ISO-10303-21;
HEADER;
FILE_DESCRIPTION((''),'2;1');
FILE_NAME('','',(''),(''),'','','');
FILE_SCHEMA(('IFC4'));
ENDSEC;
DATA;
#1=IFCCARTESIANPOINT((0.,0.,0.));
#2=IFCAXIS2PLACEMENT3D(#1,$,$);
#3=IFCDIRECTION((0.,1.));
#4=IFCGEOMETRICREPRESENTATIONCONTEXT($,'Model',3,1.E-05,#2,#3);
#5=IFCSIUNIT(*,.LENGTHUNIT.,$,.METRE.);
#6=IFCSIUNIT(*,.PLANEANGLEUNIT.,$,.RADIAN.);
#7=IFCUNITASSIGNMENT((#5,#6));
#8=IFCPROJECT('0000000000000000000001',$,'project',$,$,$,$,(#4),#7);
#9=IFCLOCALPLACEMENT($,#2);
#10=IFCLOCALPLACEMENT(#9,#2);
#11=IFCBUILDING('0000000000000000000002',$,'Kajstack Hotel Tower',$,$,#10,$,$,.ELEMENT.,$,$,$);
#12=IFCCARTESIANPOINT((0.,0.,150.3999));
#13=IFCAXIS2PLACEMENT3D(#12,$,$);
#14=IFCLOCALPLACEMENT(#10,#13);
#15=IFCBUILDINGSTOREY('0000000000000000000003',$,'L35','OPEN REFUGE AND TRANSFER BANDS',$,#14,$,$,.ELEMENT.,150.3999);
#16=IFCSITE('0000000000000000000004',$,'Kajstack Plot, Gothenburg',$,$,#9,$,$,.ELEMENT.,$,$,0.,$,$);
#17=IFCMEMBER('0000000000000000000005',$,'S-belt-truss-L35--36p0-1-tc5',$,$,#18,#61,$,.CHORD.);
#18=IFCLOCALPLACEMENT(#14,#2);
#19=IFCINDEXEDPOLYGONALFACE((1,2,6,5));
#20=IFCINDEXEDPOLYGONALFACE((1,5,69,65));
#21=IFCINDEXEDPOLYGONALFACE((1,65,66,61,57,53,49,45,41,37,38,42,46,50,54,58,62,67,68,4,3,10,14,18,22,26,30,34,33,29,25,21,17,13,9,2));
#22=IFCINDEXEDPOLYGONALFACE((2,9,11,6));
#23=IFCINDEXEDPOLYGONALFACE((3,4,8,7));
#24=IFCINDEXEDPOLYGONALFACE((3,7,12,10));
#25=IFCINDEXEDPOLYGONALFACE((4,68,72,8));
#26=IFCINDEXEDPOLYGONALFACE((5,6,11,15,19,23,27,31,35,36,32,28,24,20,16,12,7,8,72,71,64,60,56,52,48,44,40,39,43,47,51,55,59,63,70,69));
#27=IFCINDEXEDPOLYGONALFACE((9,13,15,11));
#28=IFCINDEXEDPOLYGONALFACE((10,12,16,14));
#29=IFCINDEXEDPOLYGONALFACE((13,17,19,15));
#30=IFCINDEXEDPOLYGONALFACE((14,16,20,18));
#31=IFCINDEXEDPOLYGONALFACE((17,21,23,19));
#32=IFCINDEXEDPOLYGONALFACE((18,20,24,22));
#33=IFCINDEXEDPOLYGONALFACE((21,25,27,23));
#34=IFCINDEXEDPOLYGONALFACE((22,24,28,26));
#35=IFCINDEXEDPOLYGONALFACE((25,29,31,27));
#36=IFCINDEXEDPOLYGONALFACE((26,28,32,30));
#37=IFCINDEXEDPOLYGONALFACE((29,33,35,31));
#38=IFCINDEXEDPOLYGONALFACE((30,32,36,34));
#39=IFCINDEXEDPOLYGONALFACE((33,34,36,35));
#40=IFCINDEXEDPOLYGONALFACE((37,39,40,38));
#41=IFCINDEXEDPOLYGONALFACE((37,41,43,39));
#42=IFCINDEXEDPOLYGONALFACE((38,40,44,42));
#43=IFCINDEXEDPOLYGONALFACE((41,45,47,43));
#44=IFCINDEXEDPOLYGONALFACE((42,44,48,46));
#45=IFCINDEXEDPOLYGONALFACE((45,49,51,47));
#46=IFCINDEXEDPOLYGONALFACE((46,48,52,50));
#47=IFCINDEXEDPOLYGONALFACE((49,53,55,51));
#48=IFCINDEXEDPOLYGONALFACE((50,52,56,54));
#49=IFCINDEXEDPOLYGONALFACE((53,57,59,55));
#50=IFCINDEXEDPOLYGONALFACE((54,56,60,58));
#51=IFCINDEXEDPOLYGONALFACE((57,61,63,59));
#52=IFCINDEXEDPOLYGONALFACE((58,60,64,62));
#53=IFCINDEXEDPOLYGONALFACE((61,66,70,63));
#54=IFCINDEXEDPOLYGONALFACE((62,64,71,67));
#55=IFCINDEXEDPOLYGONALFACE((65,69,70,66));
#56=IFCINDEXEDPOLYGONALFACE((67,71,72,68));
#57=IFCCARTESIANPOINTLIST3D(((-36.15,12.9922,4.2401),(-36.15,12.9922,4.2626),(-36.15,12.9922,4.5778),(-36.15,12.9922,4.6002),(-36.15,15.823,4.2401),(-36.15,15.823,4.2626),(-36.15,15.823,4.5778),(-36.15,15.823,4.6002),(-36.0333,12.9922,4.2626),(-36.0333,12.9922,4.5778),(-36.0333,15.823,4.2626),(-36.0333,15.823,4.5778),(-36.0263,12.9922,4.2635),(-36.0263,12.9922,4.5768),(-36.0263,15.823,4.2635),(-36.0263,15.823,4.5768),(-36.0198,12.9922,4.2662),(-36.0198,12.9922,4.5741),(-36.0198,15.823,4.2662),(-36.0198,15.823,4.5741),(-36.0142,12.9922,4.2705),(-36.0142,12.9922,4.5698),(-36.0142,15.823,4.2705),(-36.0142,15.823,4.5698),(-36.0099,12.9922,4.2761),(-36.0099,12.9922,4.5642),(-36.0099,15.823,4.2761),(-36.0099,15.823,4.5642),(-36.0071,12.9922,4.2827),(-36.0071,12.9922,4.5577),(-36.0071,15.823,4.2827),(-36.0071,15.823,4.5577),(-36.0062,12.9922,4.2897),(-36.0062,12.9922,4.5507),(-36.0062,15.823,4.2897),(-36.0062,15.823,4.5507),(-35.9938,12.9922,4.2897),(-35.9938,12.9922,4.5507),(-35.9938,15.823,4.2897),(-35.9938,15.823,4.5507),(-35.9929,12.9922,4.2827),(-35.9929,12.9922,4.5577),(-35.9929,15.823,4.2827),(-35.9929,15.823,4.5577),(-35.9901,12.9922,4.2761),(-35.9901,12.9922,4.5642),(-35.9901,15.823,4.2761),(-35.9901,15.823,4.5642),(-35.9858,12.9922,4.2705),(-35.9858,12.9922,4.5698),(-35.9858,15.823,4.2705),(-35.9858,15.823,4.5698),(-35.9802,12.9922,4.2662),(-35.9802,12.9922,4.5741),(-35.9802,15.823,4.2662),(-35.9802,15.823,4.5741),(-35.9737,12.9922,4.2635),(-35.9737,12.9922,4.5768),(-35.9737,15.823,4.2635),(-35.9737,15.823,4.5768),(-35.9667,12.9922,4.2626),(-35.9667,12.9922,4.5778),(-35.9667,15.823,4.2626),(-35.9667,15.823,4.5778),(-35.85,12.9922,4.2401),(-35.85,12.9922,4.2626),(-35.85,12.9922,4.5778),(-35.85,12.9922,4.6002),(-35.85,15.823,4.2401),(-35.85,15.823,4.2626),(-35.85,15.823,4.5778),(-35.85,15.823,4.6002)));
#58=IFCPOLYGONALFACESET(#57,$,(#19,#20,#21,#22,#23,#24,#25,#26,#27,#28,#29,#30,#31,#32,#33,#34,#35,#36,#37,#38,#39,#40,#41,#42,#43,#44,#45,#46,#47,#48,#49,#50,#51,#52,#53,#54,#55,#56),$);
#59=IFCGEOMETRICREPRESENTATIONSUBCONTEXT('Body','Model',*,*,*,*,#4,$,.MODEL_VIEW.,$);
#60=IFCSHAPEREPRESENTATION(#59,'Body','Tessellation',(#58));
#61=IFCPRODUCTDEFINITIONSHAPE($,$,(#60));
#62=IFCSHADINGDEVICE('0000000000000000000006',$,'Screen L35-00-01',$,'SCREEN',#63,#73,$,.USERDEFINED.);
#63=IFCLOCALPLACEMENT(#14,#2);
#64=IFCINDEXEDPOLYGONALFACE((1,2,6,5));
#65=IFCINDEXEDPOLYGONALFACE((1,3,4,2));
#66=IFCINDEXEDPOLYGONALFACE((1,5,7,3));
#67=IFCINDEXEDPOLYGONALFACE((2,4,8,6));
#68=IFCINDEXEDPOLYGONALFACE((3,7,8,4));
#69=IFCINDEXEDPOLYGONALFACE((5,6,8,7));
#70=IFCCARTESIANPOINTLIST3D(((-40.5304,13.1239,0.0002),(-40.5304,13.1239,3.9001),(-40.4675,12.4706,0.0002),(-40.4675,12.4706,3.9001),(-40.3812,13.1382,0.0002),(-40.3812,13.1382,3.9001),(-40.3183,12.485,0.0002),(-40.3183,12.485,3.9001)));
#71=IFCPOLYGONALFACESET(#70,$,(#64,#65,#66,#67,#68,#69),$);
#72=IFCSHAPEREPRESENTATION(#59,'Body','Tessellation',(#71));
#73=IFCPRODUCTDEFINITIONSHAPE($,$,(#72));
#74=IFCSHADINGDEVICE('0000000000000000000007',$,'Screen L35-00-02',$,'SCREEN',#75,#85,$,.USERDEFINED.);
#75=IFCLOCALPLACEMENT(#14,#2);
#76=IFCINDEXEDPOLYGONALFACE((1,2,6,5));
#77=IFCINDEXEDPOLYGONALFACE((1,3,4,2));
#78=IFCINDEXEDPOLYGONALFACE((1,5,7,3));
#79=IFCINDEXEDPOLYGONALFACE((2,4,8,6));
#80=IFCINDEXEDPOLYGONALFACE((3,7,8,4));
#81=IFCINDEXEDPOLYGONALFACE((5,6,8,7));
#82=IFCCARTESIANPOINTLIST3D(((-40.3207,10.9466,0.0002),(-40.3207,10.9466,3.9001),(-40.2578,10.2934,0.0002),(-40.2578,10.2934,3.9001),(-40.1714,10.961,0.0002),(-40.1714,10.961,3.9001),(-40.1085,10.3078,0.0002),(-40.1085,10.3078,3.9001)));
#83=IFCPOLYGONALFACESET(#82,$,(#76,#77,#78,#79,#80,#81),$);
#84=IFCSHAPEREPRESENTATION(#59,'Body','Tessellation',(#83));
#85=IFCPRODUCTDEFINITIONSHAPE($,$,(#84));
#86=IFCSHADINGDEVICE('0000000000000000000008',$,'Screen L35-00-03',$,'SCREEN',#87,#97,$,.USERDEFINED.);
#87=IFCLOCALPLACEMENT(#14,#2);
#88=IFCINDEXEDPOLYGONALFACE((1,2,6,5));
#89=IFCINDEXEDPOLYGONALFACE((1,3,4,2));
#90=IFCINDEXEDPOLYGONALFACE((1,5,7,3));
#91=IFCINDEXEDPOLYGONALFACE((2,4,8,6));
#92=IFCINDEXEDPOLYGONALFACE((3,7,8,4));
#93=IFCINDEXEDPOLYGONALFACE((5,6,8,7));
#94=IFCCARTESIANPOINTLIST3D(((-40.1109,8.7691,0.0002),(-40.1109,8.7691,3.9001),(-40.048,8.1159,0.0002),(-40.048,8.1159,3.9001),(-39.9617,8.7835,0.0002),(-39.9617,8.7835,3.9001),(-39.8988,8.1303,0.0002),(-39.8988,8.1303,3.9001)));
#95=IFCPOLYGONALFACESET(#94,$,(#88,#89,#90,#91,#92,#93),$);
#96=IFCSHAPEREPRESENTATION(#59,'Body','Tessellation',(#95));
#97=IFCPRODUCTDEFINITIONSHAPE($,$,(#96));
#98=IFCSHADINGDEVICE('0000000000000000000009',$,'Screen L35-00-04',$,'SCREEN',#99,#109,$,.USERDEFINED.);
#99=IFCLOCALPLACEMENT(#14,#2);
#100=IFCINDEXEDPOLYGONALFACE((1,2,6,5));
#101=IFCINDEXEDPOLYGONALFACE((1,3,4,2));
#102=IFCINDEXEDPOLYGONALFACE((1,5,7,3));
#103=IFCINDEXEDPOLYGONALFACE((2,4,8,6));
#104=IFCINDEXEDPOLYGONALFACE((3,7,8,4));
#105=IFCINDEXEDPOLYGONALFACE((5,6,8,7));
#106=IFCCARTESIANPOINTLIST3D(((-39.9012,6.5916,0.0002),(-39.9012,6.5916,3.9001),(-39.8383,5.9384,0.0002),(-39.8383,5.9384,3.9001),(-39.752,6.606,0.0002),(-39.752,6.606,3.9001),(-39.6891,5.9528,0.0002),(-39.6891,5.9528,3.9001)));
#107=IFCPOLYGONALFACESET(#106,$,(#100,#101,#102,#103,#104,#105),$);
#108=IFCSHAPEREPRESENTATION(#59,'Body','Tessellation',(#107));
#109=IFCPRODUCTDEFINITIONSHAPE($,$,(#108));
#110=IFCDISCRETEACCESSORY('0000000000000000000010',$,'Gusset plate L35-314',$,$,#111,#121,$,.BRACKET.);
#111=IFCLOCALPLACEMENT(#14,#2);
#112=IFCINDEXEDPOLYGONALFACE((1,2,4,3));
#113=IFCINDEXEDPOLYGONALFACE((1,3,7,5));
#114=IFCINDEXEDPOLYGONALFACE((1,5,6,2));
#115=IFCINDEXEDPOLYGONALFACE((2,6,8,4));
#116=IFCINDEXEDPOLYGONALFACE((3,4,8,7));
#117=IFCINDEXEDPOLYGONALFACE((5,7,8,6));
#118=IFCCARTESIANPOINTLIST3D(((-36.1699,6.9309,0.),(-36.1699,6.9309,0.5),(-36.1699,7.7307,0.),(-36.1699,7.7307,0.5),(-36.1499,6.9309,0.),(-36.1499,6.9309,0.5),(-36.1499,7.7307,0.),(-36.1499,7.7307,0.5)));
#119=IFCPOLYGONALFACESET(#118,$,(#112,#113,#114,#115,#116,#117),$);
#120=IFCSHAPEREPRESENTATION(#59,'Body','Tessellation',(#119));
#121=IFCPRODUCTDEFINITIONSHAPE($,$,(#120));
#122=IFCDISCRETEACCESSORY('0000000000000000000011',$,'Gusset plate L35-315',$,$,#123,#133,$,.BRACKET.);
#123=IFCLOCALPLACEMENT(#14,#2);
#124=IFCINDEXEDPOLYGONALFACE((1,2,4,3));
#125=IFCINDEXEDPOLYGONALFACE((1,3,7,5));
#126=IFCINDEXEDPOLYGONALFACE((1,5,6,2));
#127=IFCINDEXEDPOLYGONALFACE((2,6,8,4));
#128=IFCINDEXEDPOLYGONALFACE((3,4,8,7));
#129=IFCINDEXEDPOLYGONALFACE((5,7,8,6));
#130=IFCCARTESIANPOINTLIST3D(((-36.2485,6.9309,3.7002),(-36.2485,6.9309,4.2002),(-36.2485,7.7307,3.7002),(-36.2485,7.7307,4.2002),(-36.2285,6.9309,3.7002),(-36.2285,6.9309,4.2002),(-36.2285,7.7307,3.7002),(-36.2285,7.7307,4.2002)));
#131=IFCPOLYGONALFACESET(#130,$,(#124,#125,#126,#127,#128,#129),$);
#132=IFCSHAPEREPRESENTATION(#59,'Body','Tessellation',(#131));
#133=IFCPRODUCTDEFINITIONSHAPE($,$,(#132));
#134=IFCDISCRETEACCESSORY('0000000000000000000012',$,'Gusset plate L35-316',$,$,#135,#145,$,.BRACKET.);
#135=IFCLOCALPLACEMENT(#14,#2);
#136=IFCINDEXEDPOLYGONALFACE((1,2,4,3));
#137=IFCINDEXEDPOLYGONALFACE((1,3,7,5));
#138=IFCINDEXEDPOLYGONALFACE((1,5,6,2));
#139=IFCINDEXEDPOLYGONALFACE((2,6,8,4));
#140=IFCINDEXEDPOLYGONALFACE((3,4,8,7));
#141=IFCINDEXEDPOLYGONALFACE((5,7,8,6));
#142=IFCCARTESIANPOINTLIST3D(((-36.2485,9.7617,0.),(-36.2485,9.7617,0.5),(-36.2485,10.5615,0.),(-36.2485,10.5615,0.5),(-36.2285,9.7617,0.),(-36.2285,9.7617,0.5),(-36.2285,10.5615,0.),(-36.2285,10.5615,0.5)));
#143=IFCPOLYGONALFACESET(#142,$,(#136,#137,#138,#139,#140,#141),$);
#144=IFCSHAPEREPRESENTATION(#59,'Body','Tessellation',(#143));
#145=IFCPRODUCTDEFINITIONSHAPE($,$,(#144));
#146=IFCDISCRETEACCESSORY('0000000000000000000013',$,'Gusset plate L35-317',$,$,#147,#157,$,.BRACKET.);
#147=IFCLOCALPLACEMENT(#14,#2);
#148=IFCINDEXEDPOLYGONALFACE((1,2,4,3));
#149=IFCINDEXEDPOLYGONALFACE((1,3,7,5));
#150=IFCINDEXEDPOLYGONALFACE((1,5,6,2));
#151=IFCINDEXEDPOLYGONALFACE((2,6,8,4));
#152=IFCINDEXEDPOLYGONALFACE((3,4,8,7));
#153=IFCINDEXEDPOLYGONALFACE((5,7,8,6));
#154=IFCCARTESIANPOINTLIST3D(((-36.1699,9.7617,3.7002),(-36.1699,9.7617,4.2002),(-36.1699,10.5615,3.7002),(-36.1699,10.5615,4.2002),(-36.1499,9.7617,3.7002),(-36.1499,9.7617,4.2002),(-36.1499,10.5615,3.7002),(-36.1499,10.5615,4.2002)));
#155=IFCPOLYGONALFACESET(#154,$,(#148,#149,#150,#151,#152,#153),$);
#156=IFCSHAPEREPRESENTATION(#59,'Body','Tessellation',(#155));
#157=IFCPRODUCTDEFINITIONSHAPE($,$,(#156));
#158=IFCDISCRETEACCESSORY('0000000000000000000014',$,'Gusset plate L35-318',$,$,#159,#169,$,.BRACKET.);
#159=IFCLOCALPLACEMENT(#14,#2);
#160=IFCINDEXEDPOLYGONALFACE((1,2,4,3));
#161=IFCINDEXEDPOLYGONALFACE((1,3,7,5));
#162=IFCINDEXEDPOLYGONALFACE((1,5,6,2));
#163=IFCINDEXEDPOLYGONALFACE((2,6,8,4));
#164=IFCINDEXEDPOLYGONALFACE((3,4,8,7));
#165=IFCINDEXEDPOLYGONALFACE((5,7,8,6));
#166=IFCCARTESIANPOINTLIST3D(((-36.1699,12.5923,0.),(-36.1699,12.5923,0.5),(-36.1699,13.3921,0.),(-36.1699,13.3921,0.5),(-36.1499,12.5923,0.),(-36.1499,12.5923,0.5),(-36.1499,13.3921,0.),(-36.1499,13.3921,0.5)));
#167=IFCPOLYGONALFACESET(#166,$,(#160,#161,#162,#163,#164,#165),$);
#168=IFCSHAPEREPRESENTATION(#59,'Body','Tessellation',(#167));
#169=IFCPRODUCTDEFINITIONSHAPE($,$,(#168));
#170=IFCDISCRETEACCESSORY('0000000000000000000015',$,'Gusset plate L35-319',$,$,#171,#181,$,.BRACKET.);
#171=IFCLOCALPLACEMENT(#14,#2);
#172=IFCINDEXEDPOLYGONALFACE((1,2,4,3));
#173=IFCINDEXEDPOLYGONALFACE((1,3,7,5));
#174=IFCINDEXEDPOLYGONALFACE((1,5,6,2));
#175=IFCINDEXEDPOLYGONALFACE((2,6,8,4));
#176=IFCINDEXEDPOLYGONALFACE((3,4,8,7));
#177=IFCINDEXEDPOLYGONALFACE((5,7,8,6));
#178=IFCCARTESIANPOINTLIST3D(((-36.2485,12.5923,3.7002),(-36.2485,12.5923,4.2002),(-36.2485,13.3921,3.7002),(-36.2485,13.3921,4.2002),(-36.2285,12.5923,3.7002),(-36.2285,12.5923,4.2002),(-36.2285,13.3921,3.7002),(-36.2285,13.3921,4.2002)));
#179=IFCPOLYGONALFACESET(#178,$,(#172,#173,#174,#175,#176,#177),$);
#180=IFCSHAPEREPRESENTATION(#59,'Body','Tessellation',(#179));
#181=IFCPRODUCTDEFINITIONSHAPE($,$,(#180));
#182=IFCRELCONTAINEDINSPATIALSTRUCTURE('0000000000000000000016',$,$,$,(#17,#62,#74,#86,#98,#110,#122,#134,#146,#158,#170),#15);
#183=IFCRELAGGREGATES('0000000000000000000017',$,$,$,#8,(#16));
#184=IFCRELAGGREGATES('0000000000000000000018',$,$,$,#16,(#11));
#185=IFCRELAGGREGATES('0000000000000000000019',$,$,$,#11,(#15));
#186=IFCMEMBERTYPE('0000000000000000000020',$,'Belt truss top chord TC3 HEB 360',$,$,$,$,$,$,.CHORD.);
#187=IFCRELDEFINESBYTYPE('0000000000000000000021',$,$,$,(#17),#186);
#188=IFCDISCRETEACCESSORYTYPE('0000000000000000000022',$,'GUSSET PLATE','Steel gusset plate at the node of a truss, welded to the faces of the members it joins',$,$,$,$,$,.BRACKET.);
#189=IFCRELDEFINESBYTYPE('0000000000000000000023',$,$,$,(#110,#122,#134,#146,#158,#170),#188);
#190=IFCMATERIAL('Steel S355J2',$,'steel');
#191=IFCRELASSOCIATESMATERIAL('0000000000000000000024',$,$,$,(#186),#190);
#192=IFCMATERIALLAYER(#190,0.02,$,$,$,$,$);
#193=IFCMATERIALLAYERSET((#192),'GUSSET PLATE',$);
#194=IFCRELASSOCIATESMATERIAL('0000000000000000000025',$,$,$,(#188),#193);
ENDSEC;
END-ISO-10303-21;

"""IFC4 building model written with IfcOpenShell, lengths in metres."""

from ifc_helpers import new_model, si_unit, direction, frame, origin, origin_2d, place, context, subcontext, project, spatial, polyline, rectangle, i_section, outline, extrude, material, layer, layer_set, material_profile, profile_set, type_object, element, save


model = new_model("IFC4")

# Units and contexts
model_context = context("Model", 3, precision=1e-05, world=origin(), true_north=direction((0.0, 1.0)))
body_context = subcontext(model_context, "Body", "Model", "MODEL_VIEW")
ifc_project = project(units=[si_unit("LENGTHUNIT", "METRE"), si_unit("PLANEANGLEUNIT", "RADIAN")], contexts=[model_context])

# Site, building, storey
site_placement = place(None, origin())
site = spatial("IfcSite", under=ifc_project, at=site_placement, Name="Kajstack Plot, Gothenburg", CompositionType="ELEMENT", RefElevation=0.0)
building_placement = place(site_placement, origin())
building = spatial("IfcBuilding", under=site, at=building_placement, Name="Kajstack Hotel Tower", CompositionType="ELEMENT")
storey_placement = place(building_placement, frame((0.0, 0.0, 150.3999)))
storey = spatial("IfcBuildingStorey", under=building, at=storey_placement, Name="L35", Description="OPEN REFUGE AND TRANSFER BANDS", CompositionType="ELEMENT", Elevation=150.3999)

# Member
ifc_material = material(Name="Steel S355J2", Category="steel")
ifc_material_profile_1 = material_profile(ifc_material, i_section(OverallWidth=0.3, OverallDepth=0.3601, WebThickness=0.0125, FlangeThickness=0.0225, FilletRadius=0.0271, at=origin_2d()), Name="HEB 360")
ifc_profile_set_1 = profile_set([ifc_material_profile_1], Name="Steel S355J2")
member_type_1 = type_object("IfcMemberType", Name="Belt truss top chord TC3 HEB 360", PredefinedType="CHORD", material=ifc_profile_set_1)
member_1_placement = place(storey_placement, frame((-36.0, 12.9922, 4.4202), z_axis=(0.0, 1.0, 0.0), x_axis=(-1.0, 0.0, 0.0)))
element("IfcMember", 1, at=member_1_placement, inside=storey, type_object=member_type_1, Name="S-belt-truss-L35--36p0-1-tc5", PredefinedType="CHORD", context=body_context, shape_type="SweptSolid", body=[
    extrude(i_section(OverallWidth=0.3, OverallDepth=0.3601, WebThickness=0.0125, FlangeThickness=0.0225, FilletRadius=0.0271, at=origin_2d()), origin(), (0.0, 0.0, 1.0), 2.8308),
])

# Shading devices
for number, where, z_axis, x_axis, name in (
    (2, (-40.4243, 12.8044, 0.0002), (0.0, 0.0, 1.0), (0.095846, -0.995396, 0.0), "Screen L35-00-01"),
    (3, (-40.2146, 10.6272, 0.0002), (0.0, 0.0, 1.0), (0.095846, -0.995396, 0.0), "Screen L35-00-02"),
    (4, (-40.0049, 8.4497, 0.0002), (0.0, 0.0, 1.0), (0.095846, -0.995396, 0.0), "Screen L35-00-03"),
    (5, (-39.7952, 6.2722, 0.0002), (0.0, 0.0, 1.0), (0.095846, -0.995396, 0.0), "Screen L35-00-04"),
):
    element("IfcShadingDevice", number, at=place(storey_placement, frame(where, z_axis=z_axis, x_axis=x_axis)), inside=storey, Name=name, ObjectType="SCREEN", PredefinedType="USERDEFINED", context=body_context, shape_type="SweptSolid", body=[
        extrude(rectangle(XDim=0.6562, YDim=0.1499, at=origin_2d()), origin(), (0.0, 0.0, 1.0), 3.8999),
    ])

# Discrete accessories
ifc_layer = layer(ifc_material, 0.02)
ifc_layer_set = layer_set([ifc_layer], Name="GUSSET PLATE")
discrete_accessory_type = type_object("IfcDiscreteAccessoryType", Name="GUSSET PLATE", Description="Steel gusset plate at the node of a truss, welded to the faces of the members it joins", PredefinedType="BRACKET", material=ifc_layer_set)
for number, where, z_axis, x_axis, name in (
    (6, (-36.1699, 7.3308, 0.0), (1.0, 0.0, 0.0), (0.0, 1.0, 0.0), "Gusset plate L35-314"),
    (7, (-36.2485, 7.3308, 3.7002), (1.0, 0.0, 0.0), (0.0, 1.0, 0.0), "Gusset plate L35-315"),
    (8, (-36.2485, 10.1616, 0.0), (1.0, 0.0, 0.0), (0.0, 1.0, 0.0), "Gusset plate L35-316"),
    (9, (-36.1699, 10.1616, 3.7002), (1.0, 0.0, 0.0), (0.0, 1.0, 0.0), "Gusset plate L35-317"),
    (10, (-36.1699, 12.9922, 0.0), (1.0, 0.0, 0.0), (0.0, 1.0, 0.0), "Gusset plate L35-318"),
    (11, (-36.2485, 12.9922, 3.7002), (1.0, 0.0, 0.0), (0.0, 1.0, 0.0), "Gusset plate L35-319"),
):
    element("IfcDiscreteAccessory", number, at=place(storey_placement, frame(where, z_axis=z_axis, x_axis=x_axis)), inside=storey, type_object=discrete_accessory_type, Name=name, PredefinedType="BRACKET", context=body_context, shape_type="SweptSolid", body=[
        extrude(outline(polyline([(-0.3999, 0.0), (0.3999, 0.0), (0.3999, 0.5), (-0.3999, 0.5), (-0.3999, 0.0)])), origin(), (0.0, 0.0, 1.0), 0.02),
    ])

save(model, "model.ifc")
